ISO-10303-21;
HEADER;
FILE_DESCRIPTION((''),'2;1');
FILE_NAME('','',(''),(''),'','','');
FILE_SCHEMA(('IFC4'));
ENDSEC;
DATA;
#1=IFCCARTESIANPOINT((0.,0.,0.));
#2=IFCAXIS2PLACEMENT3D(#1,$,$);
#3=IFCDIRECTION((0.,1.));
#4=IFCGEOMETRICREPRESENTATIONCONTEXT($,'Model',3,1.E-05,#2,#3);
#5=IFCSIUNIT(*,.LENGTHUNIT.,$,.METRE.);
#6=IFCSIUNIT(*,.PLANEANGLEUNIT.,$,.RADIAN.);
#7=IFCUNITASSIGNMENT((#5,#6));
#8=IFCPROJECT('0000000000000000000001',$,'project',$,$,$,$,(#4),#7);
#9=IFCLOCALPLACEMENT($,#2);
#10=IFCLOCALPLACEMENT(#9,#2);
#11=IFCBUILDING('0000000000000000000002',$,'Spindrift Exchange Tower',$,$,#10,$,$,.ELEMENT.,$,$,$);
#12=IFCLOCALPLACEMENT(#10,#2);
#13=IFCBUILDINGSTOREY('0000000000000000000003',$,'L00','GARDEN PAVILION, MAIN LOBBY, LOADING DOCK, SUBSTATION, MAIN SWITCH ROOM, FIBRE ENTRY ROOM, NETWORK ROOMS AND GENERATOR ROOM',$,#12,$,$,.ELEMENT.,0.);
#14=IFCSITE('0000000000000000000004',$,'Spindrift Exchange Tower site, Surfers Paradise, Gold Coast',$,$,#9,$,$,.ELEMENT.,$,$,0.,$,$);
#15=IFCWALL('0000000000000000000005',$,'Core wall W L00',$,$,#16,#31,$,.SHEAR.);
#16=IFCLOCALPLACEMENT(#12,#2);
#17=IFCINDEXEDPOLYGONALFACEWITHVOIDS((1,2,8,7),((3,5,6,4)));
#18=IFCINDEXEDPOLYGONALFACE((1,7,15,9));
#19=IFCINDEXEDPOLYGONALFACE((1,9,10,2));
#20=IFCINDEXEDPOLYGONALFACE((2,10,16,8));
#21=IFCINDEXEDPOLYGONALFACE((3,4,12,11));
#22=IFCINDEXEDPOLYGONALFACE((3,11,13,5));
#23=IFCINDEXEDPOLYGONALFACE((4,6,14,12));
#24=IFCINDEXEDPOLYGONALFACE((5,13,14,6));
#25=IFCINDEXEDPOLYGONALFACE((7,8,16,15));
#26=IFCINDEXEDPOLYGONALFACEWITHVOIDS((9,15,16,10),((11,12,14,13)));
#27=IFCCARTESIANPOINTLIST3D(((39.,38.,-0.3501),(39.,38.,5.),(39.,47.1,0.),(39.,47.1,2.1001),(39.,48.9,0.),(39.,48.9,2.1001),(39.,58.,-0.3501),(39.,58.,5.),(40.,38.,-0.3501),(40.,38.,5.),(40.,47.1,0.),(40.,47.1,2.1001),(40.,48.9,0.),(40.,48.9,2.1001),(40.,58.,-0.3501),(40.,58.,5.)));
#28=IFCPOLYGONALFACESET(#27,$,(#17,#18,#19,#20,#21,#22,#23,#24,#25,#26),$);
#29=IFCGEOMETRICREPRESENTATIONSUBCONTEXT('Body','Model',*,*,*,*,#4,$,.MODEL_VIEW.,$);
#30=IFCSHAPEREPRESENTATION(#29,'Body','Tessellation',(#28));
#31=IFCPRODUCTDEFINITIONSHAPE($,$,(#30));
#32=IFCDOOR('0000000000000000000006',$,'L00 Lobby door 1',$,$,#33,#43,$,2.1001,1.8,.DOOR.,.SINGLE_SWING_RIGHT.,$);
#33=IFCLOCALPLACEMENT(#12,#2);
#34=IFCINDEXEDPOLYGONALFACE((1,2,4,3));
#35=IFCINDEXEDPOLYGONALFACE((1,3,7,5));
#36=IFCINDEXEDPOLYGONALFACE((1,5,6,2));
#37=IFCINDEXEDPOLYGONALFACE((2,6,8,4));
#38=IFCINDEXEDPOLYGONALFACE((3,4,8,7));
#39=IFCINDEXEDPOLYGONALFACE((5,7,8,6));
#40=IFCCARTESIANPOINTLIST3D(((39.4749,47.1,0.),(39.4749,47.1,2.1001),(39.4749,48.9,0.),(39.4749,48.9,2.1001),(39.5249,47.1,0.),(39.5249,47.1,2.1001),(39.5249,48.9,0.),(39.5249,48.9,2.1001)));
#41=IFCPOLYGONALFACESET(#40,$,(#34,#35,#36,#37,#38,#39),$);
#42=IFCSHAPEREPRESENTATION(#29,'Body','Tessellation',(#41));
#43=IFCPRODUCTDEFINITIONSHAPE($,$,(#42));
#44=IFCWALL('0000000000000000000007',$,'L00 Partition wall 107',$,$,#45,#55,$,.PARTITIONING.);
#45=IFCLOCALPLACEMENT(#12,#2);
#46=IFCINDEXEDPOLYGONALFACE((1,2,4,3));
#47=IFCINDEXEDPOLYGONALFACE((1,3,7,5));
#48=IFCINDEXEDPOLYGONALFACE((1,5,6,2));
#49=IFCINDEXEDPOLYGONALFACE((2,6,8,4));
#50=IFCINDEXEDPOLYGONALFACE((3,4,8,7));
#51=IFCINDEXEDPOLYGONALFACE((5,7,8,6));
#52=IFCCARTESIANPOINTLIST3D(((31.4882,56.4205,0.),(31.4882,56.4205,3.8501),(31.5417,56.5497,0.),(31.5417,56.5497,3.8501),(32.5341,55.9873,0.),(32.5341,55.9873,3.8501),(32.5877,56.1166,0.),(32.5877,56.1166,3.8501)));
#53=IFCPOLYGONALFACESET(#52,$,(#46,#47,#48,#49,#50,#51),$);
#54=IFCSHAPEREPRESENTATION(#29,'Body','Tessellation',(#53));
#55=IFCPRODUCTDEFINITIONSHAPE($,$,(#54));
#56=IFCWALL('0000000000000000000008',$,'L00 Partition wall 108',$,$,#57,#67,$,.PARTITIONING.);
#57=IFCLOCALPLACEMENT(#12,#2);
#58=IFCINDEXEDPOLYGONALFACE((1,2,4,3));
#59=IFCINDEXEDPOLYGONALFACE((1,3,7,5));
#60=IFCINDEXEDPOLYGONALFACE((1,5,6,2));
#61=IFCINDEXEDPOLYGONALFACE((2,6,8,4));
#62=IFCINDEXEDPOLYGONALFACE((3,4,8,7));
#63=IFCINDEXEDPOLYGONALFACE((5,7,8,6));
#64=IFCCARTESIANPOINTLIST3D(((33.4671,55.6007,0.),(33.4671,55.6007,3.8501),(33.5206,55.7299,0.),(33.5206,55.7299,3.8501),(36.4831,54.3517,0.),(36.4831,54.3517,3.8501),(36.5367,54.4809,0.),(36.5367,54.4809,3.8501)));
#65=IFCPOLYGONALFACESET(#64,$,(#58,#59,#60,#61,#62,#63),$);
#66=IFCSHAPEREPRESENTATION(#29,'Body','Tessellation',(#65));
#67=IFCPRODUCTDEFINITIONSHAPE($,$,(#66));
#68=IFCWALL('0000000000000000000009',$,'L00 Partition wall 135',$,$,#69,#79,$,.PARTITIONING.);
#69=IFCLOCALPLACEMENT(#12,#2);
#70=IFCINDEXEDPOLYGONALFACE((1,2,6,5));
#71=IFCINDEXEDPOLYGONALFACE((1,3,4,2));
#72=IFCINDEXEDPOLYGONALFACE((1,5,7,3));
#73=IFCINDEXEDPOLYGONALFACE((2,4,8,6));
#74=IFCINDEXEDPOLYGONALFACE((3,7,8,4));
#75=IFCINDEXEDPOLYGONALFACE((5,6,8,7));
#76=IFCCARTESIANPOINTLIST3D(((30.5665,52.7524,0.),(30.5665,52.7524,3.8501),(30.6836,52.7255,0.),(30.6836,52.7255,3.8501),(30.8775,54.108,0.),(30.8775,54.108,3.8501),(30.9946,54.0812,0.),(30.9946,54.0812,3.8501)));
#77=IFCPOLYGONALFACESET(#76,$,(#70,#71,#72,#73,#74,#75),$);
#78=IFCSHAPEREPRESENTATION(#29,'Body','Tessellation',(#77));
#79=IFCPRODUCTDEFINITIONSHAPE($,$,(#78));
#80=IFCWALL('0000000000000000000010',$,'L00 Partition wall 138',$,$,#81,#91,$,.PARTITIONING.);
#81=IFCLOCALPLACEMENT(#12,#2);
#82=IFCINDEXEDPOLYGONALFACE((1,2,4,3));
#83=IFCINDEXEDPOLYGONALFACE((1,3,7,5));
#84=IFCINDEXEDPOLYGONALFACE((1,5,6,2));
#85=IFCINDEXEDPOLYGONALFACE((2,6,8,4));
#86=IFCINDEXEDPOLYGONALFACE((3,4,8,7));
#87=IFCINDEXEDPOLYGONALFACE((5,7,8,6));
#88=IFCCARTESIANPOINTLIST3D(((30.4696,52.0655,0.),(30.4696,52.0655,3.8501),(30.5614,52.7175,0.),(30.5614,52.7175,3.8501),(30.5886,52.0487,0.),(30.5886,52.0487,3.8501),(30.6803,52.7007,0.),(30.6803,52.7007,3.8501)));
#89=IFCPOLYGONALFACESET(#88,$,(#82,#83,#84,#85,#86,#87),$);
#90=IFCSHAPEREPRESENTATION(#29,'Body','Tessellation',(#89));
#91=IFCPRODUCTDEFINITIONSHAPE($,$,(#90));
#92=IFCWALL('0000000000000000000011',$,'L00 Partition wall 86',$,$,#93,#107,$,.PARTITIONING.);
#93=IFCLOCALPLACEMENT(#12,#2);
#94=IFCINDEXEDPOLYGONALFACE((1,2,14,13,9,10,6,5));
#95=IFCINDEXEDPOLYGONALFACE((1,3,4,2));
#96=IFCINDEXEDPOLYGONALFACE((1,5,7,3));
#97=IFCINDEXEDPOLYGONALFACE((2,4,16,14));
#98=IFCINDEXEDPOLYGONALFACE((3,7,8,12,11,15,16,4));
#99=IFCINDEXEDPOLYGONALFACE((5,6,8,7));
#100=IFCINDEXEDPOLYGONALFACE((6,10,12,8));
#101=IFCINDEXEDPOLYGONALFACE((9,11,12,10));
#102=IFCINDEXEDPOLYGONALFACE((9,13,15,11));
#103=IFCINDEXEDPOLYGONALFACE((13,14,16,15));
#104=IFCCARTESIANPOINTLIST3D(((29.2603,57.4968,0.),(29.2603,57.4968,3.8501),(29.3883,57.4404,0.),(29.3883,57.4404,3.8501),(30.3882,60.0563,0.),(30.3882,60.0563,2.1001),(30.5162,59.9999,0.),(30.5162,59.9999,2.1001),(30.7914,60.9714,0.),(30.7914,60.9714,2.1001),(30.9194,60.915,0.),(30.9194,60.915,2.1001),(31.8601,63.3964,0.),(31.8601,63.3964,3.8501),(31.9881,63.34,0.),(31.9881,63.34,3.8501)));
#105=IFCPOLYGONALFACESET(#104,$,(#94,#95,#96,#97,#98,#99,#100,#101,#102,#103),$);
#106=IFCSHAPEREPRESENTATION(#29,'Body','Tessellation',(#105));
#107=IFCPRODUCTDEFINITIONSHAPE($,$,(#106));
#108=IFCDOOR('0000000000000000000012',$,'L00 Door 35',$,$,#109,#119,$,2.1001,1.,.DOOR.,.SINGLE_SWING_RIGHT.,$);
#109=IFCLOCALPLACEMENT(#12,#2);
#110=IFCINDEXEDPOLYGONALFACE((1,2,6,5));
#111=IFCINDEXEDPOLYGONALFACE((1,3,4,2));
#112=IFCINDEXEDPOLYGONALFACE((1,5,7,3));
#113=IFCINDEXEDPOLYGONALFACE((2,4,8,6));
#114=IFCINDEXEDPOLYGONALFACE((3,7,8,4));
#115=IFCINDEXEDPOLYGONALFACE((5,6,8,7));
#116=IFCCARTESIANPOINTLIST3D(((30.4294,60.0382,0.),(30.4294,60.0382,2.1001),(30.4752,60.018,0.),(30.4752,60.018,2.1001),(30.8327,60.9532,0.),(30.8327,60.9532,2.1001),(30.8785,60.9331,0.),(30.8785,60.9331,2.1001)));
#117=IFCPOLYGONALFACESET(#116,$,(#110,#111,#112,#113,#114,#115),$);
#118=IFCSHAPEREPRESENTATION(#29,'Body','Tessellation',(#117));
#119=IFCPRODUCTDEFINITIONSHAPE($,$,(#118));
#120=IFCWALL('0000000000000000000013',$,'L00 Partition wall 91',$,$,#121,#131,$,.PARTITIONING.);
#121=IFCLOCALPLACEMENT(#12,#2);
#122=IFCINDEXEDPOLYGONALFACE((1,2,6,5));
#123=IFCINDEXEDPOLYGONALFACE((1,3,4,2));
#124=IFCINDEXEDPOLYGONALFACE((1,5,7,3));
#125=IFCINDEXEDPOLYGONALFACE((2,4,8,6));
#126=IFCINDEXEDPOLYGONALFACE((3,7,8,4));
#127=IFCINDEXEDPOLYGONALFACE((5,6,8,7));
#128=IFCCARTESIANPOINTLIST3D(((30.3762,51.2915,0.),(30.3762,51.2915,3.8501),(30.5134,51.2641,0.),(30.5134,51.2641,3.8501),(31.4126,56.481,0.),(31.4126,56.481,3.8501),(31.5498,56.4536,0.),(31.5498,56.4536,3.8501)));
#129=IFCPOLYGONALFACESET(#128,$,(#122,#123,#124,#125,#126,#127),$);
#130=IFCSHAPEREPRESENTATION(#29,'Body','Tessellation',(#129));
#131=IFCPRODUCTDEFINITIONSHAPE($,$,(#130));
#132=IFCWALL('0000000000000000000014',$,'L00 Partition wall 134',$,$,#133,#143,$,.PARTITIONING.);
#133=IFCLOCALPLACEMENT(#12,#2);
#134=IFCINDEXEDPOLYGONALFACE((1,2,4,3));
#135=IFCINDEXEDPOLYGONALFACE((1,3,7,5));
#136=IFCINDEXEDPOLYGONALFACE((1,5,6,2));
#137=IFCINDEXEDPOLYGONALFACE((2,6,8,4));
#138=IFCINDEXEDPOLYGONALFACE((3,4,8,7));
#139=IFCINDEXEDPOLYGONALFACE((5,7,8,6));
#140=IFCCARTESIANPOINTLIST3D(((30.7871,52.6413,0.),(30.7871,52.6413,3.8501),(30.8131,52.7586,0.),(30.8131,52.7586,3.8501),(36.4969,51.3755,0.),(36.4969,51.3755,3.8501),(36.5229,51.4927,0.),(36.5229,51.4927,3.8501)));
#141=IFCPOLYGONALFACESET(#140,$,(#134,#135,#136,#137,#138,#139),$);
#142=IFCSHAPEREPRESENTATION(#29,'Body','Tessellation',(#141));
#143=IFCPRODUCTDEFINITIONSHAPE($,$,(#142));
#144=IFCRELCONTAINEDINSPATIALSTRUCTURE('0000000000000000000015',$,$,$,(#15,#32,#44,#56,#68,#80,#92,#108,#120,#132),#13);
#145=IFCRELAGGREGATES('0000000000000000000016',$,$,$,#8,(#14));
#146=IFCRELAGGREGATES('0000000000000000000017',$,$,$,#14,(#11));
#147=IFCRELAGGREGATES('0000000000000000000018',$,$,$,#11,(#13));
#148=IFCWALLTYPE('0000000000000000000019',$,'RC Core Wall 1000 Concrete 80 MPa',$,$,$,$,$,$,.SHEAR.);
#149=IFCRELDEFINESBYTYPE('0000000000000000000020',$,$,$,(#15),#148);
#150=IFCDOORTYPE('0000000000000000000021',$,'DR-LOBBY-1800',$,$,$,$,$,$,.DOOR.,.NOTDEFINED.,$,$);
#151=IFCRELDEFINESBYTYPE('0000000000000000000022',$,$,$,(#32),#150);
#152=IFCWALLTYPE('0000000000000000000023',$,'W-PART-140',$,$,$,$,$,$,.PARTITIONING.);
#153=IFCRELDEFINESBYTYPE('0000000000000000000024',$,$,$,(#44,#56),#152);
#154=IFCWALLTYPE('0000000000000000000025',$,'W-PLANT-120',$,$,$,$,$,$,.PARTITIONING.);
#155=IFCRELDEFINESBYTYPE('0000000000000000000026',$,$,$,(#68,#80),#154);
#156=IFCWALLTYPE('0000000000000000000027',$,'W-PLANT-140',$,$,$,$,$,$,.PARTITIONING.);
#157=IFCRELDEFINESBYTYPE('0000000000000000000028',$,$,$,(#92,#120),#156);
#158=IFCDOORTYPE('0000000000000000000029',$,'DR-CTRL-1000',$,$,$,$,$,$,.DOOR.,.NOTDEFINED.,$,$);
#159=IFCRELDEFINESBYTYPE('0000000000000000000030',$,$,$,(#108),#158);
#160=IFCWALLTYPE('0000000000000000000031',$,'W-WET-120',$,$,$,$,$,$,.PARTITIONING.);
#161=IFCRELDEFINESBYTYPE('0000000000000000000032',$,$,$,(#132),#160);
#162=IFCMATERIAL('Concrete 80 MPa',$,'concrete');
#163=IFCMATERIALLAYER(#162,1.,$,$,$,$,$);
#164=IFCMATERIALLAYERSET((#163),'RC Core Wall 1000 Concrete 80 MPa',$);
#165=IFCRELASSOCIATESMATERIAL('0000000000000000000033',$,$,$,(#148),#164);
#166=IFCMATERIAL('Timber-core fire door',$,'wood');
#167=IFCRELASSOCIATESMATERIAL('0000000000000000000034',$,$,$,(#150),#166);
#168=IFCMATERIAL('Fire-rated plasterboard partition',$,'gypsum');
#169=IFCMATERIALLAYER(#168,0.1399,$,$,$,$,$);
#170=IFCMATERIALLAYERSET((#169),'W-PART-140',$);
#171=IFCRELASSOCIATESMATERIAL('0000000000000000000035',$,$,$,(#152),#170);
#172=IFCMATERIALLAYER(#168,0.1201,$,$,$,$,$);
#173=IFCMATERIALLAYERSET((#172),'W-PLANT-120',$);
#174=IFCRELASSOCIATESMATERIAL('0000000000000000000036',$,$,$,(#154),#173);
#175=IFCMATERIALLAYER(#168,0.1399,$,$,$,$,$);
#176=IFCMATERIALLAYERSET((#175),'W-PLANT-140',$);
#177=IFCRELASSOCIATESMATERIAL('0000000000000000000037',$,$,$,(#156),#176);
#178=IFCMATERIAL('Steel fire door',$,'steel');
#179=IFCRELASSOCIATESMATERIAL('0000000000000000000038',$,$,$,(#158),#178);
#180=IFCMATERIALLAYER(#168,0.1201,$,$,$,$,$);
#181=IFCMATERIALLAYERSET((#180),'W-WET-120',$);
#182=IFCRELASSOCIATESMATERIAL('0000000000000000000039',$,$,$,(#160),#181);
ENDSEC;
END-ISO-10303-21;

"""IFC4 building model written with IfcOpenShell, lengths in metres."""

from ifc_helpers import new_model, si_unit, direction, frame, frame_2d, origin, place, context, subcontext, project, spatial, rectangle, extrude, source, transform, mapped, material, layer, layer_set, type_object, element, fill, save


model = new_model("IFC4")

# Units and contexts
model_context = context("Model", 3, precision=1e-05, world=origin(), true_north=direction((0.0, 1.0)))
body_context = subcontext(model_context, "Body", "Model", "MODEL_VIEW")
ifc_project = project(units=[si_unit("LENGTHUNIT", "METRE"), si_unit("PLANEANGLEUNIT", "RADIAN")], contexts=[model_context])

# Site, building, storey
site_placement = place(None, origin())
site = spatial("IfcSite", under=ifc_project, at=site_placement, Name="Spindrift Exchange Tower site, Surfers Paradise, Gold Coast", CompositionType="ELEMENT", RefElevation=0.0)
building_placement = place(site_placement, origin())
building = spatial("IfcBuilding", under=site, at=building_placement, Name="Spindrift Exchange Tower", CompositionType="ELEMENT")
storey_placement = place(building_placement, origin())
storey = spatial("IfcBuildingStorey", under=building, at=storey_placement, Name="L00", Description="GARDEN PAVILION, MAIN LOBBY, LOADING DOCK, SUBSTATION, MAIN SWITCH ROOM, FIBRE ENTRY ROOM, NETWORK ROOMS AND GENERATOR ROOM", CompositionType="ELEMENT", Elevation=0.0)

# Shared definitions
ifc_material_1 = material(Name="Concrete 80 MPa", Category="concrete")

# Wall, opening, door
ifc_layer_1 = layer(ifc_material_1, 1.0)
ifc_layer_set_1 = layer_set([ifc_layer_1], Name="RC Core Wall 1000 Concrete 80 MPa")
wall_type_1 = type_object("IfcWallType", Name="RC Core Wall 1000 Concrete 80 MPa", PredefinedType="SHEAR", material=ifc_layer_set_1)
wall_1_placement = place(storey_placement, frame((39.5, 58.0, -0.3501), z_axis=(0.0, 0.0, 1.0), x_axis=(0.0, -1.0, 0.0)))
wall_1 = element("IfcWall", 1, at=wall_1_placement, inside=storey, type_object=wall_type_1, Name="Core wall W L00", PredefinedType="SHEAR", context=body_context, shape_type="SweptSolid", body=[
    extrude(rectangle(XDim=20.0, YDim=1.0, at=frame_2d((10.0, 0.0))), origin(), (0.0, 0.0, 1.0), 5.3501),
])
opening_1_placement = place(wall_1_placement, frame((9.1001, 0.0, 0.3501)))
opening_1 = element("IfcOpeningElement", 2, at=opening_1_placement, cuts=wall_1, PredefinedType="OPENING", context=body_context, shape_type="SweptSolid", body=[
    extrude(rectangle(XDim=1.8, YDim=2.1001, at=frame_2d((0.8999, 1.05))), frame((0.0, 0.51, 0.0), z_axis=(0.0, -1.0, 0.0), x_axis=(1.0, 0.0, 0.0)), (0.0, 0.0, 1.0), 1.02),
])
ifc_material_2 = material(Name="Timber-core fire door", Category="wood")
door_type_1 = type_object("IfcDoorType", Name="DR-LOBBY-1800", OperationType="NOTDEFINED", PredefinedType="DOOR", material=ifc_material_2)
shared_shape_1 = source(origin(), body_context, "Body", "SweptSolid", [
    extrude(rectangle(XDim=1.8, YDim=2.1001, at=frame_2d((0.8999, 1.05))), frame((0.0, 0.0249, 0.0), z_axis=(0.0, -1.0, 0.0), x_axis=(1.0, 0.0, 0.0)), (0.0, 0.0, 1.0), 0.05),
])
door_1_placement = place(opening_1_placement, origin())
door_1 = element("IfcDoor", 3, at=door_1_placement, inside=storey, type_object=door_type_1, Name="L00 Lobby door 1", OperationType="SINGLE_SWING_RIGHT", OverallHeight=2.1001, OverallWidth=1.8, PredefinedType="DOOR", context=body_context, shape_type="MappedRepresentation", body=[
    mapped(shared_shape_1, transform((0.0, 0.0, 0.0), scale=1.0)),
])
fill(opening_1, door_1)

# Walls
ifc_material_3 = material(Name="Fire-rated plasterboard partition", Category="gypsum")
ifc_layer_2 = layer(ifc_material_3, 0.1399)
ifc_layer_set_2 = layer_set([ifc_layer_2], Name="W-PART-140")
wall_type_2 = type_object("IfcWallType", Name="W-PART-140", PredefinedType="PARTITIONING", material=ifc_layer_set_2)
wall_2_placement = place(storey_placement, frame((32.5608, 56.052, 0.0), z_axis=(0.0, 0.0, 1.0), x_axis=(-0.923917, 0.382593, 0.0)))
element("IfcWall", 4, at=wall_2_placement, inside=storey, type_object=wall_type_2, Name="L00 Partition wall 107", PredefinedType="PARTITIONING", context=body_context, shape_type="SweptSolid", body=[
    extrude(rectangle(XDim=1.1321, YDim=0.1399, at=frame_2d((0.5659, 0.0))), origin(), (0.0, 0.0, 1.0), 3.8501),
])
wall_3_placement = place(storey_placement, frame((36.51, 54.4163, 0.0), z_axis=(0.0, 0.0, 1.0), x_axis=(-0.923911, 0.382607, 0.0)))
element("IfcWall", 5, at=wall_3_placement, inside=storey, type_object=wall_type_2, Name="L00 Partition wall 108", PredefinedType="PARTITIONING", context=body_context, shape_type="SweptSolid", body=[
    extrude(rectangle(XDim=3.2644, YDim=0.1399, at=frame_2d((1.6323, 0.0))), origin(), (0.0, 0.0, 1.0), 3.8501),
])
ifc_layer_3 = layer(ifc_material_3, 0.1201)
ifc_layer_set_3 = layer_set([ifc_layer_3], Name="W-PLANT-120")
wall_type_3 = type_object("IfcWallType", Name="W-PLANT-120", PredefinedType="PARTITIONING", material=ifc_layer_set_3)
wall_4_placement = place(storey_placement, frame((30.936, 54.0945, 0.0), z_axis=(0.0, 0.0, 1.0), x_axis=(-0.223616, -0.974677, 0.0)))
element("IfcWall", 6, at=wall_4_placement, inside=storey, type_object=wall_type_3, Name="L00 Partition wall 135", PredefinedType="PARTITIONING", context=body_context, shape_type="SweptSolid", body=[
    extrude(rectangle(XDim=1.3909, YDim=0.1201, at=frame_2d((0.6953, 0.0))), origin(), (0.0, 0.0, 1.0), 3.8501),
])
wall_5_placement = place(storey_placement, frame((30.6208, 52.709, 0.0), z_axis=(0.0, 0.0, 1.0), x_axis=(-0.139397, -0.990237, 0.0)))
element("IfcWall", 7, at=wall_5_placement, inside=storey, type_object=wall_type_3, Name="L00 Partition wall 138", PredefinedType="PARTITIONING", context=body_context, shape_type="SweptSolid", body=[
    extrude(rectangle(XDim=0.6584, YDim=0.1201, at=frame_2d((0.3291, 0.0))), origin(), (0.0, 0.0, 1.0), 3.8501),
])

# Wall, opening, door
ifc_layer_4 = layer(ifc_material_3, 0.1399)
ifc_layer_set_4 = layer_set([ifc_layer_4], Name="W-PLANT-140")
wall_type_4 = type_object("IfcWallType", Name="W-PLANT-140", PredefinedType="PARTITIONING", material=ifc_layer_set_4)
wall_6_placement = place(storey_placement, frame((29.3242, 57.4685, 0.0), z_axis=(0.0, 0.0, 1.0), x_axis=(0.403259, 0.915086, 0.0)))
wall_6 = element("IfcWall", 8, at=wall_6_placement, inside=storey, type_object=wall_type_4, Name="L00 Partition wall 86", PredefinedType="PARTITIONING", context=body_context, shape_type="SweptSolid", body=[
    extrude(rectangle(XDim=6.447, YDim=0.1399, at=frame_2d((3.2236, 0.0))), origin(), (0.0, 0.0, 1.0), 3.8501),
])
opening_2_placement = place(wall_6_placement, frame((2.7971, 0.0, 0.0)))
opening_2 = element("IfcOpeningElement", 9, at=opening_2_placement, cuts=wall_6, PredefinedType="OPENING", context=body_context, shape_type="SweptSolid", body=[
    extrude(rectangle(XDim=1.0, YDim=2.1001, at=frame_2d((0.5, 1.05))), frame((0.0, 0.0798, 0.0), z_axis=(0.0, -1.0, 0.0), x_axis=(1.0, 0.0, 0.0)), (0.0, 0.0, 1.0), 0.1599),
])
ifc_material_4 = material(Name="Steel fire door", Category="steel")
door_type_2 = type_object("IfcDoorType", Name="DR-CTRL-1000", OperationType="NOTDEFINED", PredefinedType="DOOR", material=ifc_material_4)
shared_shape_2 = source(origin(), body_context, "Body", "SweptSolid", [
    extrude(rectangle(XDim=1.0, YDim=2.1001, at=frame_2d((0.5, 1.05))), frame((0.0, 0.0249, 0.0), z_axis=(0.0, -1.0, 0.0), x_axis=(1.0, 0.0, 0.0)), (0.0, 0.0, 1.0), 0.05),
])
door_2_placement = place(opening_2_placement, origin())
door_2 = element("IfcDoor", 10, at=door_2_placement, inside=storey, type_object=door_type_2, Name="L00 Door 35", OperationType="SINGLE_SWING_RIGHT", OverallHeight=2.1001, OverallWidth=1.0, PredefinedType="DOOR", context=body_context, shape_type="MappedRepresentation", body=[
    mapped(shared_shape_2, transform((0.0, 0.0, 0.0), scale=1.0)),
])
fill(opening_2, door_2)

# Walls
wall_7_placement = place(storey_placement, frame((31.4812, 56.4673, 0.0), z_axis=(0.0, 0.0, 1.0), x_axis=(-0.195841, -0.980636, 0.0)))
element("IfcWall", 11, at=wall_7_placement, inside=storey, type_object=wall_type_4, Name="L00 Partition wall 91", PredefinedType="PARTITIONING", context=body_context, shape_type="SweptSolid", body=[
    extrude(rectangle(XDim=5.292, YDim=0.1399, at=frame_2d((2.646, 0.0))), origin(), (0.0, 0.0, 1.0), 3.8501),
])
ifc_layer_5 = layer(ifc_material_3, 0.1201)
ifc_layer_set_5 = layer_set([ifc_layer_5], Name="W-WET-120")
wall_type_5 = type_object("IfcWallType", Name="W-WET-120", PredefinedType="PARTITIONING", material=ifc_layer_set_5)
wall_8_placement = place(storey_placement, frame((36.51, 51.4341, 0.0), z_axis=(0.0, 0.0, 1.0), x_axis=(-0.976294, 0.216449, 0.0)))
element("IfcWall", 12, at=wall_8_placement, inside=storey, type_object=wall_type_5, Name="L00 Partition wall 134", PredefinedType="PARTITIONING", context=body_context, shape_type="SweptSolid", body=[
    extrude(rectangle(XDim=5.8484, YDim=0.1201, at=frame_2d((2.9243, 0.0))), origin(), (0.0, 0.0, 1.0), 3.8501),
])

save(model, "model.ifc")
